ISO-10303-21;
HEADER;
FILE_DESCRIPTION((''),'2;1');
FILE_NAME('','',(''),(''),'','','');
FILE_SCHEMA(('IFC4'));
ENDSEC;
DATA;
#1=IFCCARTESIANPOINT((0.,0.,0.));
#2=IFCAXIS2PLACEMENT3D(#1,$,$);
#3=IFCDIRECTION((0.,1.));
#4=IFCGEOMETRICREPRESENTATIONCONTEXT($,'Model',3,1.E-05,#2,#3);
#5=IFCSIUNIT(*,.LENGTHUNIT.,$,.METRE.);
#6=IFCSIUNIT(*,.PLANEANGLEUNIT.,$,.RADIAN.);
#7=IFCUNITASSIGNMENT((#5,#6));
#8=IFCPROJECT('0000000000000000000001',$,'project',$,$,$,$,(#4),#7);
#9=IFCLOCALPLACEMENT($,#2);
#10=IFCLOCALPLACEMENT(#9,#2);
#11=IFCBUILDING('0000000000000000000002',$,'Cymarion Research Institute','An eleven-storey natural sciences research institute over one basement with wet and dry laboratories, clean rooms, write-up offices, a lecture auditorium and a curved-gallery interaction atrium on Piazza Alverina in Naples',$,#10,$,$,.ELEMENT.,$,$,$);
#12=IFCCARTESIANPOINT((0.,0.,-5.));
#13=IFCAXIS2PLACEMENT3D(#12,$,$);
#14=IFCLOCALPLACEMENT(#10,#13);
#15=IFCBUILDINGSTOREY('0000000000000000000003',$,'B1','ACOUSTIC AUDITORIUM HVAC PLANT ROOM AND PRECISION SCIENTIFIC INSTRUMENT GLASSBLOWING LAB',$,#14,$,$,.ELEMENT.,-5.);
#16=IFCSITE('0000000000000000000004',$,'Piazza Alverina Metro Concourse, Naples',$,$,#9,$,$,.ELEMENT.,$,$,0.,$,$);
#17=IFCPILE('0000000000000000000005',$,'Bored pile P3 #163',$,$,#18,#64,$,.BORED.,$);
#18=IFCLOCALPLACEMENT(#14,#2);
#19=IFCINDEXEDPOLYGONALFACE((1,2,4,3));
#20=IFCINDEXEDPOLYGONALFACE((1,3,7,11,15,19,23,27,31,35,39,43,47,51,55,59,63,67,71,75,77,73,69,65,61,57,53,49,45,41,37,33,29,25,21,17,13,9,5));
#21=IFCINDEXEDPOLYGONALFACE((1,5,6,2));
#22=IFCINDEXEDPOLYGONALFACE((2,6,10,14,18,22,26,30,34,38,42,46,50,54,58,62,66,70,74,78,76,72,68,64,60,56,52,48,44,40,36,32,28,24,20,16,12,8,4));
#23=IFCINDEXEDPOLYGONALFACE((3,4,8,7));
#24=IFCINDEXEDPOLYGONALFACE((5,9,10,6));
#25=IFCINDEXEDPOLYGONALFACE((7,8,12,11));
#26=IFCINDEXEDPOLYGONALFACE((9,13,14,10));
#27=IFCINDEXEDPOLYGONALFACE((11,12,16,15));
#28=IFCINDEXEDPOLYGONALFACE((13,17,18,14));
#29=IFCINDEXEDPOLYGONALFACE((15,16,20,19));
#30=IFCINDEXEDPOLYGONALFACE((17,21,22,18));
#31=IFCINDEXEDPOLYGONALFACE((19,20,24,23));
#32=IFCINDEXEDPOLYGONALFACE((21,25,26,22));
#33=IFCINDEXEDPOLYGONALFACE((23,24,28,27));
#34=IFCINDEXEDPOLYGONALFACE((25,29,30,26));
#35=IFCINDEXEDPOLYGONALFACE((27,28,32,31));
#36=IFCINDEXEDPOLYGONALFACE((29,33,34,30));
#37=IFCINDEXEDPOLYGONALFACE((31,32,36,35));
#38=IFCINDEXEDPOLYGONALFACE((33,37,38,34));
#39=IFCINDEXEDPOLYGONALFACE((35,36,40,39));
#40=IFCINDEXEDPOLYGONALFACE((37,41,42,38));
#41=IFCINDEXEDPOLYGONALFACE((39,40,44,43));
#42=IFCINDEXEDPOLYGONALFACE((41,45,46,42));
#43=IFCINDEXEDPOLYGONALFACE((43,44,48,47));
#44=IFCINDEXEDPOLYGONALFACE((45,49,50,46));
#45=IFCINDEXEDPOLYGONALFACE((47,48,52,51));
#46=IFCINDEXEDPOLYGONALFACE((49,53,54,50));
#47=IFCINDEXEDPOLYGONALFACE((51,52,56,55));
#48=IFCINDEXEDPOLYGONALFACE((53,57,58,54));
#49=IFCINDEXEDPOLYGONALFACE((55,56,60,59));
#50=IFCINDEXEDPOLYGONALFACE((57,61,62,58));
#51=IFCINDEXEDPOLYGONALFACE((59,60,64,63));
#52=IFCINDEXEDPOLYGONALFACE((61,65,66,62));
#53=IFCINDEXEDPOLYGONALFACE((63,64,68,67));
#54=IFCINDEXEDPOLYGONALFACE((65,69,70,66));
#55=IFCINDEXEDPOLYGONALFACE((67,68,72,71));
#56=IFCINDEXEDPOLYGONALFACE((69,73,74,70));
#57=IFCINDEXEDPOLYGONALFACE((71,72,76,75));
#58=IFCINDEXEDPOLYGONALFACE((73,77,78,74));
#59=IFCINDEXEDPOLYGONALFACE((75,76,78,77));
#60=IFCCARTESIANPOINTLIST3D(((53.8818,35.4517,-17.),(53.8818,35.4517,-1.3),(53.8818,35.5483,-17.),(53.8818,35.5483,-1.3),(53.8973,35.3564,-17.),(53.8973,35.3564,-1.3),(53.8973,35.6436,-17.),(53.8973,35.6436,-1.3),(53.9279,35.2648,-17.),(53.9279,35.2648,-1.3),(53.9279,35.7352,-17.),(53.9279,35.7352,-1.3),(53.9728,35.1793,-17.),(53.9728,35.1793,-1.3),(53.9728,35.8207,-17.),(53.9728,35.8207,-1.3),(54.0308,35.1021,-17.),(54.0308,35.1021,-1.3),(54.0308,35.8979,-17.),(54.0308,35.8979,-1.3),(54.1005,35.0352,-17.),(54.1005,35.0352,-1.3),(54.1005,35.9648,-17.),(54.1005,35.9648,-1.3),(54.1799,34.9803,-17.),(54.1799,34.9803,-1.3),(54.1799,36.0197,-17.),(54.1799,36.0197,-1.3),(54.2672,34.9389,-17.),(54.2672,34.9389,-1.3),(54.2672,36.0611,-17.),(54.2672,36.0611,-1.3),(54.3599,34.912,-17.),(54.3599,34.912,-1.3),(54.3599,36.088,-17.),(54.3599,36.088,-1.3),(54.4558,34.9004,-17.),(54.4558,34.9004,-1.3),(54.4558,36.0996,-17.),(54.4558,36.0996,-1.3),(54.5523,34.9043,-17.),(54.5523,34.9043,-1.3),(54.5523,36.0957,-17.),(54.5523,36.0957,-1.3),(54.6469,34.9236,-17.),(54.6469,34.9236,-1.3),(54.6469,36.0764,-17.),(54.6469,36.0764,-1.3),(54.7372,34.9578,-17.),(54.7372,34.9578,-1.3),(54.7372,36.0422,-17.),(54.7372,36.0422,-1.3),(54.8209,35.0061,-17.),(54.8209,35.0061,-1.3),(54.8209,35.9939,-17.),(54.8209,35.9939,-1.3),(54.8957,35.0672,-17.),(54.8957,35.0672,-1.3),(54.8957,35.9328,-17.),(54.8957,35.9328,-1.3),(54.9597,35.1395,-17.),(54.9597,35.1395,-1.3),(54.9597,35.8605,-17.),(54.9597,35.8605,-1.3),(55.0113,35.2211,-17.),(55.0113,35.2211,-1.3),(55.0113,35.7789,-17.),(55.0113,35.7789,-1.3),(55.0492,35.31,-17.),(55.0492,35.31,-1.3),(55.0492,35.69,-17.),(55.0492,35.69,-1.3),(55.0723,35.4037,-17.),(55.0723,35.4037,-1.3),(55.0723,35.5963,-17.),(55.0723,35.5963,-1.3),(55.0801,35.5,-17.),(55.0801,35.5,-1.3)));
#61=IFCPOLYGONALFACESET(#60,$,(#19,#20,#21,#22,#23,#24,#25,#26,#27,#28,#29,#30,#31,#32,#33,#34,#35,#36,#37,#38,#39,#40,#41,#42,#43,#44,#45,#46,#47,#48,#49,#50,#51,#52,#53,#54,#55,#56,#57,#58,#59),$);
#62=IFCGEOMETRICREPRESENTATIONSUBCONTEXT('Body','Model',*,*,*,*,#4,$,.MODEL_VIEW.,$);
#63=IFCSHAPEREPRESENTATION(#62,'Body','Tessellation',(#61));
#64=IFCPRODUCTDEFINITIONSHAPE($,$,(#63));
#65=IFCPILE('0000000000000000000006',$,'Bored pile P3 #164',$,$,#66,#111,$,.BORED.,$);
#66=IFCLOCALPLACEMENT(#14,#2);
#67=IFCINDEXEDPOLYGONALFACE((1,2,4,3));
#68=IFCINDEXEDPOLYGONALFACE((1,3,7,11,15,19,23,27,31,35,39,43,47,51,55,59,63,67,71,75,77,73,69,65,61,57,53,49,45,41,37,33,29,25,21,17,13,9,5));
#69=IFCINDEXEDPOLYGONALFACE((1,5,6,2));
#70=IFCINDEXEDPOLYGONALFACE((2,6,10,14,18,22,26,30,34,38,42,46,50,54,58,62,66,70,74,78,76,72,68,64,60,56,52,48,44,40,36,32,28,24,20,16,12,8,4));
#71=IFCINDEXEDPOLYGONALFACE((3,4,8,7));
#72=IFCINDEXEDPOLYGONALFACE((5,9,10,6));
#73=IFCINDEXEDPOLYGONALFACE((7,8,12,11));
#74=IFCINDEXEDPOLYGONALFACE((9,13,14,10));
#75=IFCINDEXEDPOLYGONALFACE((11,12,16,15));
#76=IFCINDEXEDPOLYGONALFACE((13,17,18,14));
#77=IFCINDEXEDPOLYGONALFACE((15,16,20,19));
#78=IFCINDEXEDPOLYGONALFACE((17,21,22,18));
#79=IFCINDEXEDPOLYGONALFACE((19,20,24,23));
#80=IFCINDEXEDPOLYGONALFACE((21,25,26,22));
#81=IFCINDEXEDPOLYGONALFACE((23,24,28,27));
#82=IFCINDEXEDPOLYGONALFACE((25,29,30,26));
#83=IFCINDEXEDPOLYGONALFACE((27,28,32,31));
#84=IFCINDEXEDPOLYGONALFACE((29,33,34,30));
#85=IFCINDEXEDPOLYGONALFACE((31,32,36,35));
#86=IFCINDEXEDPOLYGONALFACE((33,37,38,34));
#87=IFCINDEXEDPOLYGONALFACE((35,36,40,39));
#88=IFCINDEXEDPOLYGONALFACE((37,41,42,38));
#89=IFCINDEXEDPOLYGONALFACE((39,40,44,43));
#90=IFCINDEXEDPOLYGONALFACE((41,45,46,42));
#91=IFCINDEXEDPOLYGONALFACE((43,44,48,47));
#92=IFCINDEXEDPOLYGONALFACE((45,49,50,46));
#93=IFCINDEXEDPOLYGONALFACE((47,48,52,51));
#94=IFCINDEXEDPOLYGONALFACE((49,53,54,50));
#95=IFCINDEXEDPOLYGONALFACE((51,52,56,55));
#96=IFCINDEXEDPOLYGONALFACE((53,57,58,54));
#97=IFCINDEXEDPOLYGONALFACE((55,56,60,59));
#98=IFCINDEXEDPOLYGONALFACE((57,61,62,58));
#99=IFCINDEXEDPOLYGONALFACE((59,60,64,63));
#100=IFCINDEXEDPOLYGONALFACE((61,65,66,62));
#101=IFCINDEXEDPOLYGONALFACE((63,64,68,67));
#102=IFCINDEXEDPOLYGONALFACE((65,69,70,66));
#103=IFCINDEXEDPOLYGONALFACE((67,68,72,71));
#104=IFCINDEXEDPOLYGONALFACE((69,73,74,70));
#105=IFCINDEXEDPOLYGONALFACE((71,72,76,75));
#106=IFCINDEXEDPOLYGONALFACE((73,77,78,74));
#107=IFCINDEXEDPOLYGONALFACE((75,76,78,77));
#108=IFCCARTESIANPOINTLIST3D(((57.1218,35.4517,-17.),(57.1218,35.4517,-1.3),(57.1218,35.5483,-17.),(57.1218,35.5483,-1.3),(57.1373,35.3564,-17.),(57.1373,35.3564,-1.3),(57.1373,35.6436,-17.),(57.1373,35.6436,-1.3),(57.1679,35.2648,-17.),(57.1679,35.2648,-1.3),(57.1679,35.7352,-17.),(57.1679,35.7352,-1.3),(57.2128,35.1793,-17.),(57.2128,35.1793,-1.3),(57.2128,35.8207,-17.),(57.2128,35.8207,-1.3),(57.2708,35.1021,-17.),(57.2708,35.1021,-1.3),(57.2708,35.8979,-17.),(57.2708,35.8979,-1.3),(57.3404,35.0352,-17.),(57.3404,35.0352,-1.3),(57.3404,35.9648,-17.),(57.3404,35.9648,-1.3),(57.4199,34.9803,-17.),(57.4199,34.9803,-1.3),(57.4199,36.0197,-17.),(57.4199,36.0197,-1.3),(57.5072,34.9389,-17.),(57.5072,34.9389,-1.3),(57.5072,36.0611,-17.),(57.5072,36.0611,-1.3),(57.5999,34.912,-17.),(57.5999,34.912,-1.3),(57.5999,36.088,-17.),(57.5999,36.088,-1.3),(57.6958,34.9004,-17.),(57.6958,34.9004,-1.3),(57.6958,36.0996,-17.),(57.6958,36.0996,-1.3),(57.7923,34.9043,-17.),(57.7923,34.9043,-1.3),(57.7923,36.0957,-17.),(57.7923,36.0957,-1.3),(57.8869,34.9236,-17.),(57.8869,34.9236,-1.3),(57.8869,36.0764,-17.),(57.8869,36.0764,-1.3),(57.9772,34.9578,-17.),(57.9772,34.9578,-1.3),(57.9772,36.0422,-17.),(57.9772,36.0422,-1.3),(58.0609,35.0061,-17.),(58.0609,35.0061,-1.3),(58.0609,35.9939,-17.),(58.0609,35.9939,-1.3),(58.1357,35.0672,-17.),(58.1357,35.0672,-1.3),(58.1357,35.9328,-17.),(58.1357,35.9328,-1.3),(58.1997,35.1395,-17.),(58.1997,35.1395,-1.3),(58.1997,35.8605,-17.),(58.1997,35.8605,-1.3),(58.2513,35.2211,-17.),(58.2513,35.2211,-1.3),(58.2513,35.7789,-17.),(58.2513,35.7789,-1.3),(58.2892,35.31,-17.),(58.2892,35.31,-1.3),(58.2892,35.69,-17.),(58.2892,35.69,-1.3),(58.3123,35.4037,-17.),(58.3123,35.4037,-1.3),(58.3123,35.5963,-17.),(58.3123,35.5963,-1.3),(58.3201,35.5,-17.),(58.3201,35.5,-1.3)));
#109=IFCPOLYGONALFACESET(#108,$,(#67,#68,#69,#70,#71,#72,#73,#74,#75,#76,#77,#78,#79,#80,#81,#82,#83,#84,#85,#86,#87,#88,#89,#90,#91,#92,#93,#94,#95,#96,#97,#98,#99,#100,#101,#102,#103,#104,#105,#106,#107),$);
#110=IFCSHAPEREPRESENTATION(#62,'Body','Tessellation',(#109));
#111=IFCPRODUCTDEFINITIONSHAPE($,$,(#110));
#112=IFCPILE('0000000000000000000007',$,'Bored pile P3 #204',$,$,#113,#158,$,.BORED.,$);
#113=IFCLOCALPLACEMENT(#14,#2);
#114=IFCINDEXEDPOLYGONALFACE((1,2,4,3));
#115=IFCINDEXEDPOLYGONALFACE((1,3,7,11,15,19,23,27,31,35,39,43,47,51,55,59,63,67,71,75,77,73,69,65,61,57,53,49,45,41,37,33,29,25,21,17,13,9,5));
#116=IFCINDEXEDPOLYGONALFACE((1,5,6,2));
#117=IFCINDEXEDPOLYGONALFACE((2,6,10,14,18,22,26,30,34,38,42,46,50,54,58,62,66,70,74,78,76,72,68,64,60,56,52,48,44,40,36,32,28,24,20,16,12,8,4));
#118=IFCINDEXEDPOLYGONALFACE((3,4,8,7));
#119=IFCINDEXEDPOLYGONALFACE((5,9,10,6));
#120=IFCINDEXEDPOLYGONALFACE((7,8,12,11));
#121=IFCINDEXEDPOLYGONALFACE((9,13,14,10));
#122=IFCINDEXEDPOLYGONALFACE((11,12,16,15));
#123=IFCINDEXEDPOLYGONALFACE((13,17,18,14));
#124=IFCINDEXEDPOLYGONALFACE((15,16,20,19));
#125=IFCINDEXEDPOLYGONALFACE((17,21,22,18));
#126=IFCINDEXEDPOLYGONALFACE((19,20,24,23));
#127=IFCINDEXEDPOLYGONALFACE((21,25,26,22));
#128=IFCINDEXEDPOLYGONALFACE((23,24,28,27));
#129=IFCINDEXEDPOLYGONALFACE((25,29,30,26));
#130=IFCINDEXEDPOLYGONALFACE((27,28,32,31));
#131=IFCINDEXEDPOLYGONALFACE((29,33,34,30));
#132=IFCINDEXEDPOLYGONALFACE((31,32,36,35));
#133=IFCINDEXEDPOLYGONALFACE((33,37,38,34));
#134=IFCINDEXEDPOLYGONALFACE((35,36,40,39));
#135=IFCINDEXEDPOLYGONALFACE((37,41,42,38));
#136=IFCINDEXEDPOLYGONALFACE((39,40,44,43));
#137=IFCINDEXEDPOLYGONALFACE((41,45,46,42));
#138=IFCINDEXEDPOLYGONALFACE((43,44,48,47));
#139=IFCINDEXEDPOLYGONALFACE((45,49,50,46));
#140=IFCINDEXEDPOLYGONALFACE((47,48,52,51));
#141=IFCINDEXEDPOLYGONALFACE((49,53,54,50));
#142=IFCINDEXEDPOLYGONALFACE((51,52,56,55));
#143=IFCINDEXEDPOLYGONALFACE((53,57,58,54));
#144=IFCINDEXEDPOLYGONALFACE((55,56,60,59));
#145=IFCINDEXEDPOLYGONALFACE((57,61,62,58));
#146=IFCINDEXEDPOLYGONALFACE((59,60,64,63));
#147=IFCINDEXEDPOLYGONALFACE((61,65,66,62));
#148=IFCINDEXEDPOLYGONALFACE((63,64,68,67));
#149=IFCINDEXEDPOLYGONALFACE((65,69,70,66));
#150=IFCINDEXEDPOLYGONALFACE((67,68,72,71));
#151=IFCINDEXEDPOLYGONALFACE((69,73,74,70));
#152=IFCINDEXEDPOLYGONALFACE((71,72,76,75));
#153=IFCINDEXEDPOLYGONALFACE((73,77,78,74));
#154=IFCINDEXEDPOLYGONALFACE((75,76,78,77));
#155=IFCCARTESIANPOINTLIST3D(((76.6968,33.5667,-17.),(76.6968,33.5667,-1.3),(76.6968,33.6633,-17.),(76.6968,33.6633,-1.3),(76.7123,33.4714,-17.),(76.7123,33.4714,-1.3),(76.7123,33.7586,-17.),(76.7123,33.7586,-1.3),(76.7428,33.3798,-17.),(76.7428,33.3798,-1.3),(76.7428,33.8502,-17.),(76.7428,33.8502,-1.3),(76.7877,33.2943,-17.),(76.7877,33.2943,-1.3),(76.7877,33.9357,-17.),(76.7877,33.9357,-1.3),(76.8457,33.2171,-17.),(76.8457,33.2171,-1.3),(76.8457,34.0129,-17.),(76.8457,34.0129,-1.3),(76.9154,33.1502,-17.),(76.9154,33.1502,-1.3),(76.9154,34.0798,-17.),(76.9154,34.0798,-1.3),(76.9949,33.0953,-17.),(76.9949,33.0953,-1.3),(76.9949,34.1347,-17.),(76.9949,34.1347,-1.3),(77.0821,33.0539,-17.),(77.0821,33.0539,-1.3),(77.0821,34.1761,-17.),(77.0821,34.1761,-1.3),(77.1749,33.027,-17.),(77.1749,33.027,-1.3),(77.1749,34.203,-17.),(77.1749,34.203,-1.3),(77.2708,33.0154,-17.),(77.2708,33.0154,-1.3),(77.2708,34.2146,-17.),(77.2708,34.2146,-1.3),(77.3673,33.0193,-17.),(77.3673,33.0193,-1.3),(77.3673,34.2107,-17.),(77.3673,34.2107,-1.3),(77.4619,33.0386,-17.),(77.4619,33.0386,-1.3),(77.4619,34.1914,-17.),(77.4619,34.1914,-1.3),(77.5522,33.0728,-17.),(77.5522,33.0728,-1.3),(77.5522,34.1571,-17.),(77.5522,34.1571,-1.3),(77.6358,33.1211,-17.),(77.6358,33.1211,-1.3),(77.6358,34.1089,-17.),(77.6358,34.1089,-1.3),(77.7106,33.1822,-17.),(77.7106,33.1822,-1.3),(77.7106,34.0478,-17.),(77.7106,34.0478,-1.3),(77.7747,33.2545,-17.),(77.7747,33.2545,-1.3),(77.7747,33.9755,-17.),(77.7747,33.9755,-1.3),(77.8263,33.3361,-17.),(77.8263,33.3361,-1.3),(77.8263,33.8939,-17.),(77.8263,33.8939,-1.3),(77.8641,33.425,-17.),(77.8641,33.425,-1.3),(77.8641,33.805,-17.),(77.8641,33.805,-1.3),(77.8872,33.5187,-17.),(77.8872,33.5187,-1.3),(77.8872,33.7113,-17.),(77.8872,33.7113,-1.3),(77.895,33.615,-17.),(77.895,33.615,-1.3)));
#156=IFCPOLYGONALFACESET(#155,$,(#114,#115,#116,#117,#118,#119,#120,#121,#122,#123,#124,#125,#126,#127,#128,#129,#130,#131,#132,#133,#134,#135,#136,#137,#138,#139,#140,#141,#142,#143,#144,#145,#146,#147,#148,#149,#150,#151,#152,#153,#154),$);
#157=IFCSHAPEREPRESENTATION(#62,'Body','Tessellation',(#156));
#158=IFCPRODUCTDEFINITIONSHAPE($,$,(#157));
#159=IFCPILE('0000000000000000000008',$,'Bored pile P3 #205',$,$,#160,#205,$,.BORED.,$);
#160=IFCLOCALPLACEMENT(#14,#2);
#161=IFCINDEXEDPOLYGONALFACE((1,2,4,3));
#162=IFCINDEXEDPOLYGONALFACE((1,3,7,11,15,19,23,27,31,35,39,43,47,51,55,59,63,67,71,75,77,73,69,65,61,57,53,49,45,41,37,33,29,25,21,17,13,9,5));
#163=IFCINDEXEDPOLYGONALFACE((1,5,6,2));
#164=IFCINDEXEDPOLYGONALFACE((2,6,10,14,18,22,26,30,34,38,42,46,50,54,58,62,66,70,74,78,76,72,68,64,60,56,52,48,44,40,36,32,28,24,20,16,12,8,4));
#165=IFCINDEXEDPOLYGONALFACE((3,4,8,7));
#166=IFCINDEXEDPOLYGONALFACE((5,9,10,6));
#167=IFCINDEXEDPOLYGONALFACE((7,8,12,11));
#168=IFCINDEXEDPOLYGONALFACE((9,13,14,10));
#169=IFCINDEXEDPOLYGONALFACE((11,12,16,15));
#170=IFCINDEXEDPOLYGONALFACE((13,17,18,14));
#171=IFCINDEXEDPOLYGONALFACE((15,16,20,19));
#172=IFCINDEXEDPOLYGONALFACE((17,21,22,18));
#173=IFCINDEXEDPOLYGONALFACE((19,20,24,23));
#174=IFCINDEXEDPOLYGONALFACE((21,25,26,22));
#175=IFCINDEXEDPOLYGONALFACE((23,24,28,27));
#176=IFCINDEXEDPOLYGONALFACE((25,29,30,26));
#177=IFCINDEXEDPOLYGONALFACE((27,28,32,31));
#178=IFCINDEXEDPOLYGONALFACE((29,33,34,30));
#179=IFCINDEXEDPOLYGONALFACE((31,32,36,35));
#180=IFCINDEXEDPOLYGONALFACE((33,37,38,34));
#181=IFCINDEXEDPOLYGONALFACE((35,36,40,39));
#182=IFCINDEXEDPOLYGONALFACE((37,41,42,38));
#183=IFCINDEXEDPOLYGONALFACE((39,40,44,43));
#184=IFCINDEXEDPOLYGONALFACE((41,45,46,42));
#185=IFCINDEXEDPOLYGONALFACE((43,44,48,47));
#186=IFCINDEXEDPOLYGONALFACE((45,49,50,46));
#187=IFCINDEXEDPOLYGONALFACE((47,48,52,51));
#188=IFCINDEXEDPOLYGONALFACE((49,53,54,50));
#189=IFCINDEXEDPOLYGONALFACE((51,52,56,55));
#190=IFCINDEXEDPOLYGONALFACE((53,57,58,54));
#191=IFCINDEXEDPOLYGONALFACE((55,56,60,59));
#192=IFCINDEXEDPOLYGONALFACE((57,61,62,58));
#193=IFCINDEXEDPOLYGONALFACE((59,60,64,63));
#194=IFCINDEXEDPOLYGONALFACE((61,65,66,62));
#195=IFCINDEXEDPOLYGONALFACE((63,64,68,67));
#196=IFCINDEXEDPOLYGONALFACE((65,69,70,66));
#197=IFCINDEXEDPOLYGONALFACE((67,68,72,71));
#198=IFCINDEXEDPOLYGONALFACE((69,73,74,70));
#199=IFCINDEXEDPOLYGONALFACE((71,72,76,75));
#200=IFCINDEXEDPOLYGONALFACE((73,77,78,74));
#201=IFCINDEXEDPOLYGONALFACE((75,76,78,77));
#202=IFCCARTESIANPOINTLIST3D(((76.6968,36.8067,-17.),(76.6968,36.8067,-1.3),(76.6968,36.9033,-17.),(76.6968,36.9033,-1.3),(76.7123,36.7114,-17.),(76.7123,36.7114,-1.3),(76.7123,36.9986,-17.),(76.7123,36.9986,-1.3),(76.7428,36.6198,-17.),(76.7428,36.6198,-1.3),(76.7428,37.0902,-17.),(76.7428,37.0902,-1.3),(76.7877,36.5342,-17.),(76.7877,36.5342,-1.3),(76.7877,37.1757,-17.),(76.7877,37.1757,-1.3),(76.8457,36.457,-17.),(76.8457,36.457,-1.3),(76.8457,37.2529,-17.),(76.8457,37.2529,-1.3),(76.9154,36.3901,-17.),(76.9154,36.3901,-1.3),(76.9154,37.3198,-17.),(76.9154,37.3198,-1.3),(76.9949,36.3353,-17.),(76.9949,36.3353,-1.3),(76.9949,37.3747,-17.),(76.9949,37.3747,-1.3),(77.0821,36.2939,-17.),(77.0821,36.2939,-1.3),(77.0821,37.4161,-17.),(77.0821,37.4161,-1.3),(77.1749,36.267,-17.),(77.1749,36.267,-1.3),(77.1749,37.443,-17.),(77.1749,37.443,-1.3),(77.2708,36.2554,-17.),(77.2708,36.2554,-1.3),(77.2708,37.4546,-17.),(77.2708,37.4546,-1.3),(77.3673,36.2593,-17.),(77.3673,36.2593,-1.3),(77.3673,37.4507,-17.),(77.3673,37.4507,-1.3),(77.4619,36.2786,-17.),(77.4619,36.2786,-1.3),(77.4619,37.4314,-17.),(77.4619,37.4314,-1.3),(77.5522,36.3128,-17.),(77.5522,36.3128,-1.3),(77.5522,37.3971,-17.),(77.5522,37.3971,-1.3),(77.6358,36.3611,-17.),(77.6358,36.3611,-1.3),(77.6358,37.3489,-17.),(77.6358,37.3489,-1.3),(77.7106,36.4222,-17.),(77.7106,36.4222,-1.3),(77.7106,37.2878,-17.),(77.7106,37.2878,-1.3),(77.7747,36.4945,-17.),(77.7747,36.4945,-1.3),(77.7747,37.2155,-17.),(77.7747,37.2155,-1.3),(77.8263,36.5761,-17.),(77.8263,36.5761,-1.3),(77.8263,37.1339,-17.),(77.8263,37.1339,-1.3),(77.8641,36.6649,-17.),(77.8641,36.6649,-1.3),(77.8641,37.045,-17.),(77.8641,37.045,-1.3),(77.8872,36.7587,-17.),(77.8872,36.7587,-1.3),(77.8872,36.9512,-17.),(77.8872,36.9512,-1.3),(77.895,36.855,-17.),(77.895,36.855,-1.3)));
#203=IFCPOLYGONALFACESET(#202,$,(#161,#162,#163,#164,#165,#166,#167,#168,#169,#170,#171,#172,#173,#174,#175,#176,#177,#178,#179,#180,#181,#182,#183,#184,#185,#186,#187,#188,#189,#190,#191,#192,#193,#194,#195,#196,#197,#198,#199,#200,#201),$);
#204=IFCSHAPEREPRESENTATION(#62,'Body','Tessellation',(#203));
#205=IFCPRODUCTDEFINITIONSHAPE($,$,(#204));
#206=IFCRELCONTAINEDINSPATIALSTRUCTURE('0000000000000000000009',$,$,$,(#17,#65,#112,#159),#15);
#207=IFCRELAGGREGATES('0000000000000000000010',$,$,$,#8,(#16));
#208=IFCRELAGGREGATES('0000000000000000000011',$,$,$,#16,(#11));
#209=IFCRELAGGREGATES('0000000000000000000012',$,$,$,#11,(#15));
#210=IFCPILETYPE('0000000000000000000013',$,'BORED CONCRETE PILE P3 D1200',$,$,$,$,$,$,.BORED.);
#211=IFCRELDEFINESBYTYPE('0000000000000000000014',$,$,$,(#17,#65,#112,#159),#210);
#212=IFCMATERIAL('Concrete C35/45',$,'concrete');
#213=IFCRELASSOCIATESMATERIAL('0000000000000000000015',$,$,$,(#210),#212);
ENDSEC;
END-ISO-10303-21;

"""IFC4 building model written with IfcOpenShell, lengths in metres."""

from ifc_helpers import new_model, si_unit, direction, frame, origin, origin_2d, place, context, subcontext, project, spatial, circle, extrude, material, material_profile, profile_set, type_object, element, save


model = new_model("IFC4")

# Units and contexts
model_context = context("Model", 3, precision=1e-05, world=origin(), true_north=direction((0.0, 1.0)))
body_context = subcontext(model_context, "Body", "Model", "MODEL_VIEW")
ifc_project = project(units=[si_unit("LENGTHUNIT", "METRE"), si_unit("PLANEANGLEUNIT", "RADIAN")], contexts=[model_context])

# Site, building, storey
site_placement = place(None, origin())
site = spatial("IfcSite", under=ifc_project, at=site_placement, Name="Piazza Alverina Metro Concourse, Naples", CompositionType="ELEMENT", RefElevation=0.0)
building_placement = place(site_placement, origin())
building = spatial("IfcBuilding", under=site, at=building_placement, Name="Cymarion Research Institute", Description="An eleven-storey natural sciences research institute over one basement with wet and dry laboratories, clean rooms, write-up offices, a lecture auditorium and a curved-gallery interaction atrium on Piazza Alverina in Naples", CompositionType="ELEMENT")
storey_placement = place(building_placement, frame((0.0, 0.0, -5.0)))
storey = spatial("IfcBuildingStorey", under=building, at=storey_placement, Name="B1", Description="ACOUSTIC AUDITORIUM HVAC PLANT ROOM AND PRECISION SCIENTIFIC INSTRUMENT GLASSBLOWING LAB", CompositionType="ELEMENT", Elevation=-5.0)

# Piles
ifc_material_1 = material(Name="Concrete C35/45", Category="concrete")
ifc_material_profile_1 = material_profile(ifc_material_1, circle(Radius=0.6001, at=origin_2d()), Name="BORED PILE D1200")
ifc_profile_set_1 = profile_set([ifc_material_profile_1], Name="Concrete C35/45")
pile_type_1 = type_object("IfcPileType", Name="BORED CONCRETE PILE P3 D1200", PredefinedType="BORED", material=ifc_profile_set_1)
for number, where, z_axis, x_axis, name in (
    (1, (54.48, 35.5, -1.3), (0.0, 0.0, -1.0), (1.0, 0.0, 0.0), "Bored pile P3 #163"),
    (2, (57.72, 35.5, -1.3), (0.0, 0.0, -1.0), (1.0, 0.0, 0.0), "Bored pile P3 #164"),
    (3, (77.2949, 33.615, -1.3), (0.0, 0.0, -1.0), (1.0, 0.0, 0.0), "Bored pile P3 #204"),
    (4, (77.2949, 36.855, -1.3), (0.0, 0.0, -1.0), (1.0, 0.0, 0.0), "Bored pile P3 #205"),
):
    element("IfcPile", number, at=place(storey_placement, frame(where, z_axis=z_axis, x_axis=x_axis)), inside=storey, type_object=pile_type_1, Name=name, PredefinedType="BORED", context=body_context, shape_type="SweptSolid", body=[
        extrude(circle(Radius=0.6001, at=origin_2d()), origin(), (0.0, 0.0, 1.0), 15.7),
    ])

save(model, "model.ifc")
